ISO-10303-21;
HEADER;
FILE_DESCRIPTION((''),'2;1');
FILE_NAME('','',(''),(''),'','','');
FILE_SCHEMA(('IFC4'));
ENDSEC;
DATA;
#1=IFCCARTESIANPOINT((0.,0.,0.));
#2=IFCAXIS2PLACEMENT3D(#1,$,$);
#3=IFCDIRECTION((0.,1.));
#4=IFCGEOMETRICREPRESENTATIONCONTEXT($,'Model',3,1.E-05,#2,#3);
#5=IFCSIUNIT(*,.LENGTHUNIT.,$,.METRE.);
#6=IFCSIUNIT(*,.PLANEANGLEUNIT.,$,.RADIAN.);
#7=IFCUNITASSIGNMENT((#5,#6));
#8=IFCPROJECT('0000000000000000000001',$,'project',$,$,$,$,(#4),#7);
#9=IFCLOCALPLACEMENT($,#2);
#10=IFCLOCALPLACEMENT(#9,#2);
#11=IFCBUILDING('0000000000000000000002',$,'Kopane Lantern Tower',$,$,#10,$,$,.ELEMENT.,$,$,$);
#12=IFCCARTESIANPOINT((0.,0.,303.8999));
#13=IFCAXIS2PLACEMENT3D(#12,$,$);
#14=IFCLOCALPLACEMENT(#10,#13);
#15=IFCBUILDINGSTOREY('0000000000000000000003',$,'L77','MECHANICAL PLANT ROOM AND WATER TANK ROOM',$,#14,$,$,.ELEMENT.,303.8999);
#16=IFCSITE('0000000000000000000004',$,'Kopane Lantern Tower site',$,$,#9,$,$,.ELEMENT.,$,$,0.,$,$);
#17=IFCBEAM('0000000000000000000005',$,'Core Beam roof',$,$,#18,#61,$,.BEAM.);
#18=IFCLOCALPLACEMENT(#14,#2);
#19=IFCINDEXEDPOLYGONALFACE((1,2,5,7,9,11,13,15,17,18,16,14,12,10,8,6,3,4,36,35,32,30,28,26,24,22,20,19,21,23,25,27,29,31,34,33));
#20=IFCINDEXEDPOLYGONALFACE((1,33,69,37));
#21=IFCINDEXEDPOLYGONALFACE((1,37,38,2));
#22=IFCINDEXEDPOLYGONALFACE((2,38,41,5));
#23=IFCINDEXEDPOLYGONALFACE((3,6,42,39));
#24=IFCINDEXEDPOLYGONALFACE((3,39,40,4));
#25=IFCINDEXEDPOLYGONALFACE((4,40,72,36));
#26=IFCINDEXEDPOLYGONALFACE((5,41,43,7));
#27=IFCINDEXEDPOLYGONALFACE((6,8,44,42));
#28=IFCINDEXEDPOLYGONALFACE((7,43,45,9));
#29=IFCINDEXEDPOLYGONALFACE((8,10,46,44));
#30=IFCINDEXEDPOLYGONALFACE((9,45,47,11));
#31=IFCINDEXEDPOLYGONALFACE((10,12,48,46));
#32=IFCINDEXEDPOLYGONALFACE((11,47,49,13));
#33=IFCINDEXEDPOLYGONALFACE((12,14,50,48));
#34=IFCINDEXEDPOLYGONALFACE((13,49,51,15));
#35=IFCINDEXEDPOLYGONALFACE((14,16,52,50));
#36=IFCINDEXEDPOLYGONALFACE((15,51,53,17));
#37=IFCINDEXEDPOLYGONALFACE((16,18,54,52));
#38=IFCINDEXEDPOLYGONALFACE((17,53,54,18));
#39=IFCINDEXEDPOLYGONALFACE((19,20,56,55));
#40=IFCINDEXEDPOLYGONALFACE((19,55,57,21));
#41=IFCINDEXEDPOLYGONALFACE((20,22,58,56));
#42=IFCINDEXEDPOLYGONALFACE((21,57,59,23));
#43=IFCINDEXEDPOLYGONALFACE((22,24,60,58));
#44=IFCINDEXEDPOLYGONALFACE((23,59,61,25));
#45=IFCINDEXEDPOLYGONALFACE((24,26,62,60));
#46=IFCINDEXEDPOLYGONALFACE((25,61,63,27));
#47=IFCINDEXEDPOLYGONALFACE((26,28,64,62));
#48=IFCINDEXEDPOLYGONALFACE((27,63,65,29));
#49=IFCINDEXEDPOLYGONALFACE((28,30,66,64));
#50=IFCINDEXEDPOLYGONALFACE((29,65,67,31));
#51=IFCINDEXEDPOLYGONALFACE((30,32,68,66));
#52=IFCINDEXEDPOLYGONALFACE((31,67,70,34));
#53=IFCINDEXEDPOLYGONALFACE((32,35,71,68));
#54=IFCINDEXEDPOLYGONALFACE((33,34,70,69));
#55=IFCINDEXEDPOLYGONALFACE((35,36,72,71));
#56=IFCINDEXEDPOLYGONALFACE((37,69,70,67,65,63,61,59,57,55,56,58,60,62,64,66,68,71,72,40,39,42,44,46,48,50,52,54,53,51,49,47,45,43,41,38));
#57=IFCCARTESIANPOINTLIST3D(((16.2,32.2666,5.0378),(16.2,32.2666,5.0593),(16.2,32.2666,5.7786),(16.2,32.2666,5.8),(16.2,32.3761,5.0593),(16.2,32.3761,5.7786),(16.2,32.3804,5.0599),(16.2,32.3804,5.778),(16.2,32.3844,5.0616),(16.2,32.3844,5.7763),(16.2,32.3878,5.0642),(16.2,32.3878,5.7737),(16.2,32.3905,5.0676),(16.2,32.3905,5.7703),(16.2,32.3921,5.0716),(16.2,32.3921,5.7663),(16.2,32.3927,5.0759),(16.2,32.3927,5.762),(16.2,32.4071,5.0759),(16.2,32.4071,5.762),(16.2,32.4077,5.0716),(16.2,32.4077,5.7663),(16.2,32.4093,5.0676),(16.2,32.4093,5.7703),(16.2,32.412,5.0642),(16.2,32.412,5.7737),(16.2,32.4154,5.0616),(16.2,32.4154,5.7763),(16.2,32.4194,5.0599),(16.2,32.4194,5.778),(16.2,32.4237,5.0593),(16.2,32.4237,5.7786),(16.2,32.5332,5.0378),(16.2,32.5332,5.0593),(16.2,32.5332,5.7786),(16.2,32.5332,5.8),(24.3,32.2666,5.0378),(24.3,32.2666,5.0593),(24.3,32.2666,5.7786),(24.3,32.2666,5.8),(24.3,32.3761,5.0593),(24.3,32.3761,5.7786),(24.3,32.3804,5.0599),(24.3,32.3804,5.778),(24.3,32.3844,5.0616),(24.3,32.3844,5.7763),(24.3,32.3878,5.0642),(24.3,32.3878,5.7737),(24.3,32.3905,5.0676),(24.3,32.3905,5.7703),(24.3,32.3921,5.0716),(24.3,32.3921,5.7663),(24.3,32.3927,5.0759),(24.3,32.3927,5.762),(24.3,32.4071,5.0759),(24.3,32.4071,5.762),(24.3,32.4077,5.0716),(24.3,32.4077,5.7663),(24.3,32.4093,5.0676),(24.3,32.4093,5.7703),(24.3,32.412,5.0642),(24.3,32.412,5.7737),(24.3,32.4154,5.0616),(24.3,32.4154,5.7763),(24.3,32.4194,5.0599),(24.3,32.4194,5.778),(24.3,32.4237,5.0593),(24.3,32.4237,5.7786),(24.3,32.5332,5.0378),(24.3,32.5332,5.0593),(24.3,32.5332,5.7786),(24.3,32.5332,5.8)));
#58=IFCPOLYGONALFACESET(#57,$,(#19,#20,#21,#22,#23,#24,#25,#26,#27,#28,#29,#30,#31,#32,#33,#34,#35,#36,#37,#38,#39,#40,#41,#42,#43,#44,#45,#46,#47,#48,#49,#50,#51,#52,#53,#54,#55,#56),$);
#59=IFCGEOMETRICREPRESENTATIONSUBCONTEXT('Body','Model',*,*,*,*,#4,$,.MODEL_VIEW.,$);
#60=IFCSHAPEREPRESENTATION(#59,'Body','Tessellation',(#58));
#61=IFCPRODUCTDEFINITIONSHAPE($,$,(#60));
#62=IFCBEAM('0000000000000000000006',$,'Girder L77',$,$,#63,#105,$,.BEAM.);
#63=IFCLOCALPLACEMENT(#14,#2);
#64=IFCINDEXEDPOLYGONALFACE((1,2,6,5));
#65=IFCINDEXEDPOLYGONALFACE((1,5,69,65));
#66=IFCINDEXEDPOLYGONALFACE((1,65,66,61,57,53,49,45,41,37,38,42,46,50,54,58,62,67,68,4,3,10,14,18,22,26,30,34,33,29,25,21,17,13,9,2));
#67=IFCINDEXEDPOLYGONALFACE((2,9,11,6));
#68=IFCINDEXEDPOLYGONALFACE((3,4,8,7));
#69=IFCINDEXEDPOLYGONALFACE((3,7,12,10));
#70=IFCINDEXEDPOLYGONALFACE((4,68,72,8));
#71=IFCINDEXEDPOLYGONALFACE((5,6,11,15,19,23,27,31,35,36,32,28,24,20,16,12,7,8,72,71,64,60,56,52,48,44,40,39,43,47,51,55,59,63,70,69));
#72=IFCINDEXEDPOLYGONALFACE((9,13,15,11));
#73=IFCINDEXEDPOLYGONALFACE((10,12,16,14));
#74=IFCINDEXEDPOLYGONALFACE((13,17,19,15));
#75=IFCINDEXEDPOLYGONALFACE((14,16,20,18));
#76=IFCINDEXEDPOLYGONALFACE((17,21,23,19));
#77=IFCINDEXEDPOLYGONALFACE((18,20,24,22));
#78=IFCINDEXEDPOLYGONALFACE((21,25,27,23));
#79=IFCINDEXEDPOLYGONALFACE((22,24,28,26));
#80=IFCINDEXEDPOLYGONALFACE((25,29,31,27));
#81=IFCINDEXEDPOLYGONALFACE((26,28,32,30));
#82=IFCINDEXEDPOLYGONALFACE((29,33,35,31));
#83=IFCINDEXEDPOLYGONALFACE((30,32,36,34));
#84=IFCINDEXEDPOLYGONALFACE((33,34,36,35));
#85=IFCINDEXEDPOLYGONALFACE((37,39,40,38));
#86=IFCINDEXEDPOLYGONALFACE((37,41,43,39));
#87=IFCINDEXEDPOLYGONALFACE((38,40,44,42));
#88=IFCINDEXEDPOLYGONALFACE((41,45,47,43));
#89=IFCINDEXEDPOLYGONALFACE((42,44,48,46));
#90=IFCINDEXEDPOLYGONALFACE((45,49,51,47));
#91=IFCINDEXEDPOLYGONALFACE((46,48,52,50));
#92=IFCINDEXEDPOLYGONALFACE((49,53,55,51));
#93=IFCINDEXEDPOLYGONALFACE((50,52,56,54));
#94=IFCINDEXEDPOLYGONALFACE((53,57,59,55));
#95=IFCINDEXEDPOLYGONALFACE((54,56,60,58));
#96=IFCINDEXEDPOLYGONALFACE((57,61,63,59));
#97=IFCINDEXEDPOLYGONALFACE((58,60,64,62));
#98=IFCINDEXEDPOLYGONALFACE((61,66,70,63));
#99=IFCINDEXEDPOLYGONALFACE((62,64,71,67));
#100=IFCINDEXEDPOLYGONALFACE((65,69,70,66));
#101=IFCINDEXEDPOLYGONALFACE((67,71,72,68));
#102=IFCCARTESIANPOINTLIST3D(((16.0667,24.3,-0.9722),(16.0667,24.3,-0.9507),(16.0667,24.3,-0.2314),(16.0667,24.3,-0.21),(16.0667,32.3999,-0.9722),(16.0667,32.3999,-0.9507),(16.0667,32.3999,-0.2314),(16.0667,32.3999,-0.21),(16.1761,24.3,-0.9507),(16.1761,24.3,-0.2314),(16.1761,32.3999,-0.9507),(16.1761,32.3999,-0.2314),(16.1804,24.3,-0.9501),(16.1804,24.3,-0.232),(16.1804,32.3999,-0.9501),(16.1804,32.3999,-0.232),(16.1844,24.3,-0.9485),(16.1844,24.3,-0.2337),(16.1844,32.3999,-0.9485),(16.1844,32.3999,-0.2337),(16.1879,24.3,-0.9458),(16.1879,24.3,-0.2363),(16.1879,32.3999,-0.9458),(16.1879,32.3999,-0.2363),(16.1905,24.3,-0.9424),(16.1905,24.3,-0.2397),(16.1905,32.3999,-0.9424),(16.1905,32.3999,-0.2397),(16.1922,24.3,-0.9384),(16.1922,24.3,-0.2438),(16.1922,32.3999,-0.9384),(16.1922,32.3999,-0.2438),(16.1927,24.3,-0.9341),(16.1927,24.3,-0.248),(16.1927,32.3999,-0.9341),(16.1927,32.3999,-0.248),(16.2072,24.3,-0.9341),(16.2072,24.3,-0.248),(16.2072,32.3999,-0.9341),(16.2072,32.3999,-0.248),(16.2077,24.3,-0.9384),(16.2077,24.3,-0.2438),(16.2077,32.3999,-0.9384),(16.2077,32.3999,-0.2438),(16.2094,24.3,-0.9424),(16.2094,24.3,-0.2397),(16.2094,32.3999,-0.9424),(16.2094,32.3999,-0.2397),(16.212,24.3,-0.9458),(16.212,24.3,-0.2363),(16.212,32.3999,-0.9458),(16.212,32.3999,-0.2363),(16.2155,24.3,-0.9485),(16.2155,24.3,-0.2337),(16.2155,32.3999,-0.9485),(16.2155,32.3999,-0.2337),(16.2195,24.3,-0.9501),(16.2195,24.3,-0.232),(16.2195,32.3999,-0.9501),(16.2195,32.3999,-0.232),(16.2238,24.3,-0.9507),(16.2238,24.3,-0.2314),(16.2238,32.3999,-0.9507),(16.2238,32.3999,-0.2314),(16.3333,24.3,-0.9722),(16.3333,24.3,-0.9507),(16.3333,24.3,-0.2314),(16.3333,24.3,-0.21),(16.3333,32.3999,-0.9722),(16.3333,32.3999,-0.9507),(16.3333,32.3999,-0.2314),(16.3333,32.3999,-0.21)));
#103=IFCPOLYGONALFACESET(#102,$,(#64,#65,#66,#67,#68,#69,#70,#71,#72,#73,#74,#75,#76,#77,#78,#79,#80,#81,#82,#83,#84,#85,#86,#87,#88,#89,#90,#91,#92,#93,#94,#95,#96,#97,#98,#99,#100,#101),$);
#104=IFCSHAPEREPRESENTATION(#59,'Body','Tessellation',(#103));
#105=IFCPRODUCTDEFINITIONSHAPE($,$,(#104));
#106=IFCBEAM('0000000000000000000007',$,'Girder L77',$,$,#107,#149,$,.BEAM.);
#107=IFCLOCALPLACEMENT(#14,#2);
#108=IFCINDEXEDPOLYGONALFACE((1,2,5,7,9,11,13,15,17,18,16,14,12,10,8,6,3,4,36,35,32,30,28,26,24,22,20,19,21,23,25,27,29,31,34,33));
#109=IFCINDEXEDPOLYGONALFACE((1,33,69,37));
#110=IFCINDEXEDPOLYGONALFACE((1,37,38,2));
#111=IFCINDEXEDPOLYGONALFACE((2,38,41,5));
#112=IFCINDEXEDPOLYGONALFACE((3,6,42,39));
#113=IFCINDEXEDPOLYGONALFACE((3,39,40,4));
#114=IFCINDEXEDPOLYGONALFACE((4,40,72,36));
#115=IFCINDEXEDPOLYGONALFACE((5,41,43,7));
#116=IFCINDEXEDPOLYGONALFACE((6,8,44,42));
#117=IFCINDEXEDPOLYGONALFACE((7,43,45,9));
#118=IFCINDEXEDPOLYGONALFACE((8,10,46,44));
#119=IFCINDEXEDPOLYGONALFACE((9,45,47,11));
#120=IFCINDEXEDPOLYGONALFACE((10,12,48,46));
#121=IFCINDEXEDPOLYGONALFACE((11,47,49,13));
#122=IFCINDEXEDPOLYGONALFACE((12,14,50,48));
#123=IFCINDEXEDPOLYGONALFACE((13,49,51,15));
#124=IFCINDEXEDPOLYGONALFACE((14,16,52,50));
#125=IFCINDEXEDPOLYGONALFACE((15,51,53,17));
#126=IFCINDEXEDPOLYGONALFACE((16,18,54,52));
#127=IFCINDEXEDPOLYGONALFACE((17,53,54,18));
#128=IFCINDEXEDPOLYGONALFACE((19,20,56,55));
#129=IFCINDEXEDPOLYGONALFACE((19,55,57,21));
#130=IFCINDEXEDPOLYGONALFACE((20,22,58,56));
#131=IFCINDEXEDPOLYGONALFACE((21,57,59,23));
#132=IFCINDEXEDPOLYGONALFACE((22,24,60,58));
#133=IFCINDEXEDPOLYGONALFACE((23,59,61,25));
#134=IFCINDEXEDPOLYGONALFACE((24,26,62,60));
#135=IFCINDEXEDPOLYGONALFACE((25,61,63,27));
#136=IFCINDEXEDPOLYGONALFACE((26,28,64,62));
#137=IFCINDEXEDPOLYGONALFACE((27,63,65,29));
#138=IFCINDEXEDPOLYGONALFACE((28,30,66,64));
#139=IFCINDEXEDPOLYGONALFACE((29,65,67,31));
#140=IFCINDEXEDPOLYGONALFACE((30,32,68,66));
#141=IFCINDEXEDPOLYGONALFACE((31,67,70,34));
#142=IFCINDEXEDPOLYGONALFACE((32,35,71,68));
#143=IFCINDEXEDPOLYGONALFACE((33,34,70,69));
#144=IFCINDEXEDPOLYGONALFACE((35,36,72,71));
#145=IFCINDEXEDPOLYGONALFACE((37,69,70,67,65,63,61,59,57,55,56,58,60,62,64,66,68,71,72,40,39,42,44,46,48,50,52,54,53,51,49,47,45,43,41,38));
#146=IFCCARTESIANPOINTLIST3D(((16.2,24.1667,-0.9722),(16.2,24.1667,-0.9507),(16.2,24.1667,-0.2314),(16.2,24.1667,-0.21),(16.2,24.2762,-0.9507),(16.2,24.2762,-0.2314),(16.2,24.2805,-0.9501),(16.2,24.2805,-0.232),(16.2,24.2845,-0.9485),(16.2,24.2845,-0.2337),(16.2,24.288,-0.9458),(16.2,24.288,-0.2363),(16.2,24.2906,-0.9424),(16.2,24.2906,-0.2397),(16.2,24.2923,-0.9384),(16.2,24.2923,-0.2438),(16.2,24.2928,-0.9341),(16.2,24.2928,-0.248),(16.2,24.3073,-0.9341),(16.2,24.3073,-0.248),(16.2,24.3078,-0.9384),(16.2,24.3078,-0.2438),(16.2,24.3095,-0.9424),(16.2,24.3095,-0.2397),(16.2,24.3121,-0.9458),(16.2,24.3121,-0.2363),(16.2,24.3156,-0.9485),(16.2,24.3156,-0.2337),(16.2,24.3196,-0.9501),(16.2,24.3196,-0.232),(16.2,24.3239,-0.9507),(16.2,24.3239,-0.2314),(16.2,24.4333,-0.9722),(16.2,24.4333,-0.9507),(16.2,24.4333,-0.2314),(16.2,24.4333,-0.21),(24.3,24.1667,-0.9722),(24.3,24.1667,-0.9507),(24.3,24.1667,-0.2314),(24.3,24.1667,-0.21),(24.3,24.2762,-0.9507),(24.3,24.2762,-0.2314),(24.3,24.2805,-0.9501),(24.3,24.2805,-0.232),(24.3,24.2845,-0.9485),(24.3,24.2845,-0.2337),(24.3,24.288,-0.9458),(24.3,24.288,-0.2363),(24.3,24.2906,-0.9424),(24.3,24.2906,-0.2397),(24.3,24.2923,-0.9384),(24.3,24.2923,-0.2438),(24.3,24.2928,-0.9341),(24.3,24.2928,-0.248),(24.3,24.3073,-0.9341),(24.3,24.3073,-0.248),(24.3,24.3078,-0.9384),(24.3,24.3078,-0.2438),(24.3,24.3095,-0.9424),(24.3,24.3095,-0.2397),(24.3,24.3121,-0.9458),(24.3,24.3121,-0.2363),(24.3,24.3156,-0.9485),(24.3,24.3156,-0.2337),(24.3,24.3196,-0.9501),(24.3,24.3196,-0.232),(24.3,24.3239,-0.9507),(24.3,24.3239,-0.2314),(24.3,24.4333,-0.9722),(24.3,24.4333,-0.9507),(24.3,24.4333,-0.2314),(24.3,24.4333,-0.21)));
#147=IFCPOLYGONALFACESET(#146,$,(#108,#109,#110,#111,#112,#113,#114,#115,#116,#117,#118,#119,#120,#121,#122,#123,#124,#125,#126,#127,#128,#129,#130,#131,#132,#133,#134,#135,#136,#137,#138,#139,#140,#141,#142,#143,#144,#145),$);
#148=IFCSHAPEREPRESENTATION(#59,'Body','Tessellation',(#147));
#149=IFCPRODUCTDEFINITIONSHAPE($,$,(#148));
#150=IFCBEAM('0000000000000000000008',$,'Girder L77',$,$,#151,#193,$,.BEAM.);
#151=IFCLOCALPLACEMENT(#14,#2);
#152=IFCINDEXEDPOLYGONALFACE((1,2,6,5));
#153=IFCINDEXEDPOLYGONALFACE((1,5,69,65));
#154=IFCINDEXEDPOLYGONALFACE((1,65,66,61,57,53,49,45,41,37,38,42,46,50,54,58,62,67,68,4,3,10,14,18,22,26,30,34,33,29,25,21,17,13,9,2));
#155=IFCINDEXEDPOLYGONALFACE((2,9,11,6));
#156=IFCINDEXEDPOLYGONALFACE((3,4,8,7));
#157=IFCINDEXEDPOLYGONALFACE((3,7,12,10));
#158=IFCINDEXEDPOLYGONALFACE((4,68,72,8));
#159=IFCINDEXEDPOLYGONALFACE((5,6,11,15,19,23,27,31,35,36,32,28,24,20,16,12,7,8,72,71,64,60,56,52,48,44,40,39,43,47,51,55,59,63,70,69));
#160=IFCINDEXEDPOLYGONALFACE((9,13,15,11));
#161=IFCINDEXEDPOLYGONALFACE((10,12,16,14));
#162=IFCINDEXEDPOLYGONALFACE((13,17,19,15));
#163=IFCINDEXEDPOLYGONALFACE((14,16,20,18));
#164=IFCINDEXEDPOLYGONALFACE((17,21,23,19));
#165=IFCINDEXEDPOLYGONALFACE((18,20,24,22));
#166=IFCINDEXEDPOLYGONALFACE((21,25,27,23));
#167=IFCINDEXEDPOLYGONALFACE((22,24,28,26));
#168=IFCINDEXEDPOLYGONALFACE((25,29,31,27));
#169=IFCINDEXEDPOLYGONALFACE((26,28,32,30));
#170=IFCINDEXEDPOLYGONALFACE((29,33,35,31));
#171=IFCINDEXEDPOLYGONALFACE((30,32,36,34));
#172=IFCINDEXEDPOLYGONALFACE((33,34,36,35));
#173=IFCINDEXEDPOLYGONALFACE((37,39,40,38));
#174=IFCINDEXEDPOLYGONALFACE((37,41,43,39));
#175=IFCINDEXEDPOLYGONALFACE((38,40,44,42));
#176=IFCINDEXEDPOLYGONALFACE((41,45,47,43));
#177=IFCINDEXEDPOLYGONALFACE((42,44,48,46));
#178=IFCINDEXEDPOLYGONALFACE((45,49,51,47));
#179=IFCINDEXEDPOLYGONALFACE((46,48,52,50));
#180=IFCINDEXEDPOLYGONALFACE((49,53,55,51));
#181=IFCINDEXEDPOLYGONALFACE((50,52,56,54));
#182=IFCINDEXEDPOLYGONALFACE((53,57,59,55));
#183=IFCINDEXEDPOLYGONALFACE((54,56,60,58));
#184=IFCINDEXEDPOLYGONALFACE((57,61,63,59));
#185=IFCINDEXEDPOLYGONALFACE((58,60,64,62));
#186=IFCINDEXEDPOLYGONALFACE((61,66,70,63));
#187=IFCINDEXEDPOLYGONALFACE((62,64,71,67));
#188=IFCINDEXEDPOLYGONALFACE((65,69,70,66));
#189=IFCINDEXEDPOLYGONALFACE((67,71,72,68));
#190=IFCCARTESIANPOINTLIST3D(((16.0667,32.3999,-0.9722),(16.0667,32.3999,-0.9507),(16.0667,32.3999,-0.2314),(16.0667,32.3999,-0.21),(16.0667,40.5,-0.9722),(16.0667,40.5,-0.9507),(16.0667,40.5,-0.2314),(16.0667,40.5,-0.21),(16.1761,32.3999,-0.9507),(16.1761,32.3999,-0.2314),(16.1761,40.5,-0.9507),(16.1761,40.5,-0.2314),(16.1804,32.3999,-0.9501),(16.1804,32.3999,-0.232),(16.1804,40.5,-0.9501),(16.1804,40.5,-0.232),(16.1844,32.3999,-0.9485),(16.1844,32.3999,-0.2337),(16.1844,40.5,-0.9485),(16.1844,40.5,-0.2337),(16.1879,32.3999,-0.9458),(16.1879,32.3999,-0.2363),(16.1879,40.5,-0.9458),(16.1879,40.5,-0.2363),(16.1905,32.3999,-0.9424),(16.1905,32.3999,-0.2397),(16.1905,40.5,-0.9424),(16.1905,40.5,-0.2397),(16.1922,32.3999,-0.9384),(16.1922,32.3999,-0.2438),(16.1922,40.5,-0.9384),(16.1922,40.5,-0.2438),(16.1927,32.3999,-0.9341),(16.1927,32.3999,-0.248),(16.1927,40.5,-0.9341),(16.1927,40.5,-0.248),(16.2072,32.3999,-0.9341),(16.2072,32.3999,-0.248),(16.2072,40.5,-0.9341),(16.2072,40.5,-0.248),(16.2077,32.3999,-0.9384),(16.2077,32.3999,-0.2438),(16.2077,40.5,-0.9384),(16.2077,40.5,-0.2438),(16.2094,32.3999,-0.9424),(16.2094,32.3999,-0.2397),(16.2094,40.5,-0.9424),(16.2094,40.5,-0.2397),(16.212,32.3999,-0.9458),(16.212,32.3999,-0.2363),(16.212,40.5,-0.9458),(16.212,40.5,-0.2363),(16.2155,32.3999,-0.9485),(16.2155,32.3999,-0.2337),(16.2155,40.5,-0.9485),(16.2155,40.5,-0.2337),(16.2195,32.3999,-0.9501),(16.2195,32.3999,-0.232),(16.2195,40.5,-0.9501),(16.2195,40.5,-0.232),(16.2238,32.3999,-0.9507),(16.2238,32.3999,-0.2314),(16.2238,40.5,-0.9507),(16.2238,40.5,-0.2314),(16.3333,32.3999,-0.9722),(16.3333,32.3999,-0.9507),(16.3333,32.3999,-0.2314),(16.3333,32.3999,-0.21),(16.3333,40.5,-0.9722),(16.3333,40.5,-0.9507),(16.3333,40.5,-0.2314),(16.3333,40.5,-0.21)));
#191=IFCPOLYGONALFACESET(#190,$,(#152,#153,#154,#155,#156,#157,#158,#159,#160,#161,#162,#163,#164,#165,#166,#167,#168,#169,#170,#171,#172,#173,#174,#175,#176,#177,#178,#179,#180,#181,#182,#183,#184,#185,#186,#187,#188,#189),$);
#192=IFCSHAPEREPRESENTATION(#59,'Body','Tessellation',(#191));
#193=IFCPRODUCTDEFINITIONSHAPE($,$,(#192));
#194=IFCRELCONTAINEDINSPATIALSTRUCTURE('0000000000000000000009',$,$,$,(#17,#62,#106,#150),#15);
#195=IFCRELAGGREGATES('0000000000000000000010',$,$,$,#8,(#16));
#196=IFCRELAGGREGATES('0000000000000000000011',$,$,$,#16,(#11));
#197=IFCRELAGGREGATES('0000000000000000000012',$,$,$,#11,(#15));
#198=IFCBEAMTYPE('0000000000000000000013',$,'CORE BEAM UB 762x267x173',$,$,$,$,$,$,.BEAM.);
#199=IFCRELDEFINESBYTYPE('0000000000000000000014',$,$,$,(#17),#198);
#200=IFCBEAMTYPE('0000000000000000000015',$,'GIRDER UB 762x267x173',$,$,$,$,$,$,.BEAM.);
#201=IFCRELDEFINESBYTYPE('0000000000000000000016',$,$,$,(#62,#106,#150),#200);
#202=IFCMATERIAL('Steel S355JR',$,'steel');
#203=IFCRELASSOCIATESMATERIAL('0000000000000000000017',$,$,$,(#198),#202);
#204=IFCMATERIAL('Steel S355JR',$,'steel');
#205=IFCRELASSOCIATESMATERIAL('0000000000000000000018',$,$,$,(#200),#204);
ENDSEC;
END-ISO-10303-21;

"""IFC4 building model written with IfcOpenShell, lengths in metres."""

from ifc_helpers import new_model, si_unit, direction, frame, origin, origin_2d, place, context, subcontext, project, spatial, i_section, extrude, material, material_profile, profile_set, type_object, element, save


model = new_model("IFC4")

# Units and contexts
model_context = context("Model", 3, precision=1e-05, world=origin(), true_north=direction((0.0, 1.0)))
body_context = subcontext(model_context, "Body", "Model", "MODEL_VIEW")
ifc_project = project(units=[si_unit("LENGTHUNIT", "METRE"), si_unit("PLANEANGLEUNIT", "RADIAN")], contexts=[model_context])

# Site, building, storey
site_placement = place(None, origin())
site = spatial("IfcSite", under=ifc_project, at=site_placement, Name="Kopane Lantern Tower site", CompositionType="ELEMENT", RefElevation=0.0)
building_placement = place(site_placement, origin())
building = spatial("IfcBuilding", under=site, at=building_placement, Name="Kopane Lantern Tower", CompositionType="ELEMENT")
storey_placement = place(building_placement, frame((0.0, 0.0, 303.8999)))
storey = spatial("IfcBuildingStorey", under=building, at=storey_placement, Name="L77", Description="MECHANICAL PLANT ROOM AND WATER TANK ROOM", CompositionType="ELEMENT", Elevation=303.8999)

# Beams
ifc_material_1 = material(Name="Steel S355JR", Category="steel")
ifc_material_profile_1 = material_profile(ifc_material_1, i_section(OverallWidth=0.2666, OverallDepth=0.7622, WebThickness=0.0144, FlangeThickness=0.0215, FilletRadius=0.0166, at=origin_2d()), Name="UB 762x267x173")
ifc_profile_set_1 = profile_set([ifc_material_profile_1], Name="Steel S355JR")
beam_type_1 = type_object("IfcBeamType", Name="CORE BEAM UB 762x267x173", PredefinedType="BEAM", material=ifc_profile_set_1)
for number, where, z_axis, x_axis, name in (
    (1, (16.2, 32.3999, 5.4189), (1.0, 0.0, 0.0), (0.0, 1.0, 0.0), "Core Beam roof"),
):
    element("IfcBeam", number, at=place(storey_placement, frame(where, z_axis=z_axis, x_axis=x_axis)), inside=storey, type_object=beam_type_1, Name=name, PredefinedType="BEAM", context=body_context, shape_type="SweptSolid", body=[
        extrude(i_section(OverallWidth=0.2666, OverallDepth=0.7622, WebThickness=0.0144, FlangeThickness=0.0215, FilletRadius=0.0166, at=origin_2d()), origin(), (0.0, 0.0, 1.0), 8.1001),
    ])
ifc_material_2 = material(Name="Steel S355JR", Category="steel")
ifc_material_profile_2 = material_profile(ifc_material_2, i_section(OverallWidth=0.2666, OverallDepth=0.7622, WebThickness=0.0144, FlangeThickness=0.0215, FilletRadius=0.0166, at=origin_2d()), Name="UB 762x267x173")
ifc_profile_set_2 = profile_set([ifc_material_profile_2], Name="Steel S355JR")
beam_type_2 = type_object("IfcBeamType", Name="GIRDER UB 762x267x173", PredefinedType="BEAM", material=ifc_profile_set_2)
beam_1_placement = place(storey_placement, frame((16.2, 24.3, -0.5911), z_axis=(0.0, 1.0, 0.0), x_axis=(-1.0, 0.0, 0.0)))
element("IfcBeam", 2, at=beam_1_placement, inside=storey, type_object=beam_type_2, Name="Girder L77", PredefinedType="BEAM", context=body_context, shape_type="SweptSolid", body=[
    extrude(i_section(OverallWidth=0.2666, OverallDepth=0.7622, WebThickness=0.0144, FlangeThickness=0.0215, FilletRadius=0.0166, at=origin_2d()), origin(), (0.0, 0.0, 1.0), 8.0999),
])
for number, where, z_axis, x_axis, name in (
    (3, (16.2, 24.3, -0.5911), (1.0, 0.0, 0.0), (0.0, 1.0, 0.0), "Girder L77"),
    (4, (16.2, 32.3999, -0.5911), (0.0, 1.0, 0.0), (-1.0, 0.0, 0.0), "Girder L77"),
):
    element("IfcBeam", number, at=place(storey_placement, frame(where, z_axis=z_axis, x_axis=x_axis)), inside=storey, type_object=beam_type_2, Name=name, PredefinedType="BEAM", context=body_context, shape_type="SweptSolid", body=[
        extrude(i_section(OverallWidth=0.2666, OverallDepth=0.7622, WebThickness=0.0144, FlangeThickness=0.0215, FilletRadius=0.0166, at=origin_2d()), origin(), (0.0, 0.0, 1.0), 8.1001),
    ])

save(model, "model.ifc")
